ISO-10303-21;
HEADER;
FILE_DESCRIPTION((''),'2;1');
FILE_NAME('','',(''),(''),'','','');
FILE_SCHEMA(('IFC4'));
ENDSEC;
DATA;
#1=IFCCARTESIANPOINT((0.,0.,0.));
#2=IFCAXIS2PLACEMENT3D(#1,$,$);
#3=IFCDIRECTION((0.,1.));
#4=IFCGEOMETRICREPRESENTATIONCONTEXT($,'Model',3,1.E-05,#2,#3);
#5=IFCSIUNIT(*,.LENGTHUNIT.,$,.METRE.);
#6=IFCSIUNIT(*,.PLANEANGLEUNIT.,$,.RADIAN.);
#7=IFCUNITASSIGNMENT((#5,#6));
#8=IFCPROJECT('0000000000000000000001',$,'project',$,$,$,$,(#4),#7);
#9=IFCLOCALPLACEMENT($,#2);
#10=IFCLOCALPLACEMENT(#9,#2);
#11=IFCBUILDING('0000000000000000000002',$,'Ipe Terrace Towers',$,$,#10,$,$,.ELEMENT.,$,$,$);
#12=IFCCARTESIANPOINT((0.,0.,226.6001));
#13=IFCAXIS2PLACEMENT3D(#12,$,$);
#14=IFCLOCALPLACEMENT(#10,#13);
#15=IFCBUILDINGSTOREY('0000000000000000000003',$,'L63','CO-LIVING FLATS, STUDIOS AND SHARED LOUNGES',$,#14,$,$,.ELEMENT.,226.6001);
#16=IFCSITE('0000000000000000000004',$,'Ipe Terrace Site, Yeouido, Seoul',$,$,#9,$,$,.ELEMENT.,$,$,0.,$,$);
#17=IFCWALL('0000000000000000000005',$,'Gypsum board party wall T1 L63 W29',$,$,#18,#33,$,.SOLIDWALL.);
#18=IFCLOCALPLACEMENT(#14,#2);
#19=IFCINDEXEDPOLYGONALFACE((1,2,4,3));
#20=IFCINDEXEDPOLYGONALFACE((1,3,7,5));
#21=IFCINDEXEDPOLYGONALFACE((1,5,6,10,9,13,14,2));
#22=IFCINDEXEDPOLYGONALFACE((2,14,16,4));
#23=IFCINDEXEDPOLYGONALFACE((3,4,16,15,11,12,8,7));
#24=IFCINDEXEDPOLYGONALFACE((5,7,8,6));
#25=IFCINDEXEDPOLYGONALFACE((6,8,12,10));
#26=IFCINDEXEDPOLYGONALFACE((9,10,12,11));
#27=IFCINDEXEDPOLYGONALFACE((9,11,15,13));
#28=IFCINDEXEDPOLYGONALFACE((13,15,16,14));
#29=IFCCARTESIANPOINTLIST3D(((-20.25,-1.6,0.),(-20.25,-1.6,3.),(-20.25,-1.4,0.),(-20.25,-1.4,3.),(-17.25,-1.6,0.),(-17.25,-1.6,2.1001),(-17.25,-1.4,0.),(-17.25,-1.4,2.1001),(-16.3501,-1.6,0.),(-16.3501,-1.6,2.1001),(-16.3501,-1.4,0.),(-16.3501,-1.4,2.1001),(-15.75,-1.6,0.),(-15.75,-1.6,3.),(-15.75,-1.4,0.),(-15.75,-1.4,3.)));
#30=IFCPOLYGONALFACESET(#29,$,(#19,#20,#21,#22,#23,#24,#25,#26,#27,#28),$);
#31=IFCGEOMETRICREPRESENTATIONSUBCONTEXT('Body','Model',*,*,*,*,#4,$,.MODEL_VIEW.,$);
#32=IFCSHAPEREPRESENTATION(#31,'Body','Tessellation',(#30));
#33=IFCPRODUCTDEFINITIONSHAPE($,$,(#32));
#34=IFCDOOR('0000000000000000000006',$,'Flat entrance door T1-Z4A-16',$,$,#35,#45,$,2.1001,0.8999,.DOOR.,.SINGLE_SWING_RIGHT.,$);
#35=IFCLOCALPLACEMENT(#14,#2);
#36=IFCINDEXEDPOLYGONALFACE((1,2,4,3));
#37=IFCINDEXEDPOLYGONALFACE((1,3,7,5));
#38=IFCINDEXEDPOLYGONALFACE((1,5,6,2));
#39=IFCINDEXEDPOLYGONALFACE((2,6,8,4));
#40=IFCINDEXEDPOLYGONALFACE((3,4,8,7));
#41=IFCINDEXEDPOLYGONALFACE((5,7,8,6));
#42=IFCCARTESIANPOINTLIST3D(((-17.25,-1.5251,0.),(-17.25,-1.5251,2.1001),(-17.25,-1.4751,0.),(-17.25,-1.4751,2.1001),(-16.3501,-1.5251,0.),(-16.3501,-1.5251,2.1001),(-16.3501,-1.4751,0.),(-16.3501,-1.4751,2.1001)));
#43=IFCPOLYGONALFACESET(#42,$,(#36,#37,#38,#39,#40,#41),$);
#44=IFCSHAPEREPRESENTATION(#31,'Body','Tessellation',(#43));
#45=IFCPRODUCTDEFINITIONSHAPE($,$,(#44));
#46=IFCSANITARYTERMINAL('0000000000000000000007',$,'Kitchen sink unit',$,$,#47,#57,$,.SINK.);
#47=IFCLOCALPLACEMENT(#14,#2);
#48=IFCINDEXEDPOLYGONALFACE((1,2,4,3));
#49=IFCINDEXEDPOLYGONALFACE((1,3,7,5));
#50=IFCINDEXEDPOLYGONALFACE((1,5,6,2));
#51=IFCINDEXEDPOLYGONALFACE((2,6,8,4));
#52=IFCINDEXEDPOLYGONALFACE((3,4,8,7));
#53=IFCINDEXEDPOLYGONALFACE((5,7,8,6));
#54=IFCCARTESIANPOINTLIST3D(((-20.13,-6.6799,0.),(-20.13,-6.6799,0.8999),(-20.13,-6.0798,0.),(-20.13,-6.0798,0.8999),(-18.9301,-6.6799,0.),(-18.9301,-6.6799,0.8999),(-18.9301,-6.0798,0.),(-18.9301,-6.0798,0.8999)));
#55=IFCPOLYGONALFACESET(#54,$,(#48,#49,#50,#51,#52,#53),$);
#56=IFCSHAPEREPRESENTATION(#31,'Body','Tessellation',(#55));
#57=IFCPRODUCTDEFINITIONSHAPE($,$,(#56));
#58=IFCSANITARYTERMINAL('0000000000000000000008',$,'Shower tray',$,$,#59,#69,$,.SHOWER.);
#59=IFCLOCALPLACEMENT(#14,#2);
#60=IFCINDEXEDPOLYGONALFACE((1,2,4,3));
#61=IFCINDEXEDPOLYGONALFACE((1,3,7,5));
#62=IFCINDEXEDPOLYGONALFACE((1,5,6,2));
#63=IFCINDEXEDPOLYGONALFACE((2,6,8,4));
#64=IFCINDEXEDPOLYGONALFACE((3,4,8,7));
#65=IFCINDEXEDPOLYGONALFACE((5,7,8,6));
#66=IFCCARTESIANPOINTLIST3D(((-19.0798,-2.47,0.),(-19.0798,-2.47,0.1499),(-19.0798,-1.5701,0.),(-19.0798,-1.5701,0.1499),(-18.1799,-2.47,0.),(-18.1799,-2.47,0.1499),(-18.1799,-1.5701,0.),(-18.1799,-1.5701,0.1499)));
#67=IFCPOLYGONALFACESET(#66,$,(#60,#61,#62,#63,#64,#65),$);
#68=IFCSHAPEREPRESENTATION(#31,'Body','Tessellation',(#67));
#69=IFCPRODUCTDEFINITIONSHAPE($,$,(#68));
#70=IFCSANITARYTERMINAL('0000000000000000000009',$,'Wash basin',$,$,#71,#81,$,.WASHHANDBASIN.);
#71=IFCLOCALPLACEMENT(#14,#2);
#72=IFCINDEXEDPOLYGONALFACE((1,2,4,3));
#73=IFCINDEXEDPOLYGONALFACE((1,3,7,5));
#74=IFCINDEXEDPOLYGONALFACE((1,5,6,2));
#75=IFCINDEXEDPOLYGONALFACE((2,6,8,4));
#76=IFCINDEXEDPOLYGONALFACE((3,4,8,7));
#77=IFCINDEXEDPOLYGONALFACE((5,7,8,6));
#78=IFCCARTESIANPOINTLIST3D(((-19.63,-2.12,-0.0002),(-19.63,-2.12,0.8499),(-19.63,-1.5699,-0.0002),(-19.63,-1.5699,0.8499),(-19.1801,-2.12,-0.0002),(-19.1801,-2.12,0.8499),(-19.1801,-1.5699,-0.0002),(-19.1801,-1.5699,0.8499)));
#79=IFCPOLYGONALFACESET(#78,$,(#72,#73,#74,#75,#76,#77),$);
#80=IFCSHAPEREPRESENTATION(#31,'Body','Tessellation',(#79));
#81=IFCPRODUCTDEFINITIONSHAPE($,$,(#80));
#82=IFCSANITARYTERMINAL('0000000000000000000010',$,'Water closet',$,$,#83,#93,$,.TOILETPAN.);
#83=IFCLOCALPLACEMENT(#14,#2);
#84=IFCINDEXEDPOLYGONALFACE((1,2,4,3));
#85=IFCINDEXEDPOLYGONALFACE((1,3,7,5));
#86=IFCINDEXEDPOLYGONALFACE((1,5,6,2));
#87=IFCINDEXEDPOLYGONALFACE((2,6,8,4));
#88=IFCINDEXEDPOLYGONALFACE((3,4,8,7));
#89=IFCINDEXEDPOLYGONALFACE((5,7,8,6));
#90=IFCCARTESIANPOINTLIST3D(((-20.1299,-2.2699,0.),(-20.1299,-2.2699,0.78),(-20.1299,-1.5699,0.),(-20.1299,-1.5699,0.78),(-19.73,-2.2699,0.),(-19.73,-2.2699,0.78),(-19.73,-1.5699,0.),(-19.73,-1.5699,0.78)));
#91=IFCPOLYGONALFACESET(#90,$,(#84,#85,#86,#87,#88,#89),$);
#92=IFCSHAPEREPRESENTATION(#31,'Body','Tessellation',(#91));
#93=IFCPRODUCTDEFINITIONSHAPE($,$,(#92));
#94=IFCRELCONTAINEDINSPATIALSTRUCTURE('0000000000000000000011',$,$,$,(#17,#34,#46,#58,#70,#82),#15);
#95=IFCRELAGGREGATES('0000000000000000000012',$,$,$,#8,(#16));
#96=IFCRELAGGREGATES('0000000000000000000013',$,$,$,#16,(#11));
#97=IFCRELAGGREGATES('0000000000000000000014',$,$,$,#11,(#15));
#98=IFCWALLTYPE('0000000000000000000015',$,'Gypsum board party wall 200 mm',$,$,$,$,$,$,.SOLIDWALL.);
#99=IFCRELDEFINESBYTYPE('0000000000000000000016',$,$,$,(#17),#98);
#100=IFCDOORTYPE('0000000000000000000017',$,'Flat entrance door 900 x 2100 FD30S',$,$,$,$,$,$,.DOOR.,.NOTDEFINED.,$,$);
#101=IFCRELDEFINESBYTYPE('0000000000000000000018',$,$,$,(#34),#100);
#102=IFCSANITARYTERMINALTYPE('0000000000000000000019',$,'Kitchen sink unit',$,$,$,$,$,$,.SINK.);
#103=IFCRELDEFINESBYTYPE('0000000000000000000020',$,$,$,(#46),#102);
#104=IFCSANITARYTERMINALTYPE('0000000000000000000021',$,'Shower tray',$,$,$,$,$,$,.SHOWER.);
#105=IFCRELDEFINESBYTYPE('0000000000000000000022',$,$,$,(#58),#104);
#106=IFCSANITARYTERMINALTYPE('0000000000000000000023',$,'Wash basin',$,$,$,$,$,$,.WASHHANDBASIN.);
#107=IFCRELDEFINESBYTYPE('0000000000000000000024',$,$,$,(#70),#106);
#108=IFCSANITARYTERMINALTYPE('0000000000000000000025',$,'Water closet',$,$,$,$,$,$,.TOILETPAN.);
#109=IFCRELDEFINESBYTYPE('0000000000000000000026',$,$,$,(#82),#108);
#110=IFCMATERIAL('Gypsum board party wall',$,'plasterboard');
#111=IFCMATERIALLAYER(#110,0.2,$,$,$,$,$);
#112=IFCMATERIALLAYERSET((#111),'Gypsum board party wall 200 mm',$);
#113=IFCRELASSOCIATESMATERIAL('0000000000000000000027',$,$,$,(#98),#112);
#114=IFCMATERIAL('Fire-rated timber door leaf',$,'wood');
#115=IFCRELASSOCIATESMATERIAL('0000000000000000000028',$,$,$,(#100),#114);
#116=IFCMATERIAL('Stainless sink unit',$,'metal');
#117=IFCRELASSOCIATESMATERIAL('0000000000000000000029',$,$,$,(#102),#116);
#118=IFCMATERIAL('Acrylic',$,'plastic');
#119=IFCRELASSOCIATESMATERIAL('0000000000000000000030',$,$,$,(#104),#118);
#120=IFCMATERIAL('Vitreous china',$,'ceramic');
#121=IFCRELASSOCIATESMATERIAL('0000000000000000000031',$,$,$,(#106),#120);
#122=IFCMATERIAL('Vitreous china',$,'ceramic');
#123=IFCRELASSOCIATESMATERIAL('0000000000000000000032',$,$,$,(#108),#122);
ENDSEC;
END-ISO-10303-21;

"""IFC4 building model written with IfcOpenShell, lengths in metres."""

from ifc_helpers import new_model, si_unit, direction, frame, frame_2d, origin, origin_2d, place, context, subcontext, project, spatial, rectangle, extrude, material, layer, layer_set, type_object, element, fill, save


model = new_model("IFC4")

# Units and contexts
model_context = context("Model", 3, precision=1e-05, world=origin(), true_north=direction((0.0, 1.0)))
body_context = subcontext(model_context, "Body", "Model", "MODEL_VIEW")
ifc_project = project(units=[si_unit("LENGTHUNIT", "METRE"), si_unit("PLANEANGLEUNIT", "RADIAN")], contexts=[model_context])

# Site, building, storey
site_placement = place(None, origin())
site = spatial("IfcSite", under=ifc_project, at=site_placement, Name="Ipe Terrace Site, Yeouido, Seoul", CompositionType="ELEMENT", RefElevation=0.0)
building_placement = place(site_placement, origin())
building = spatial("IfcBuilding", under=site, at=building_placement, Name="Ipe Terrace Towers", CompositionType="ELEMENT")
storey_placement = place(building_placement, frame((0.0, 0.0, 226.6001)))
storey = spatial("IfcBuildingStorey", under=building, at=storey_placement, Name="L63", Description="CO-LIVING FLATS, STUDIOS AND SHARED LOUNGES", CompositionType="ELEMENT", Elevation=226.6001)

# Shared definitions
ifc_material_1 = material(Name="Gypsum board party wall", Category="plasterboard")
ifc_layer_1 = layer(ifc_material_1, 0.2)
ifc_layer_set_1 = layer_set([ifc_layer_1], Name="Gypsum board party wall 200 mm")
wall_type_1 = type_object("IfcWallType", Name="Gypsum board party wall 200 mm", PredefinedType="SOLIDWALL", material=ifc_layer_set_1)

# Wall, opening, door
wall_1_placement = place(storey_placement, frame((-20.25, -1.5, 0.0), z_axis=(0.0, 0.0, 1.0), x_axis=(1.0, 0.0, 0.0)))
wall_1 = element("IfcWall", 1, at=wall_1_placement, inside=storey, type_object=wall_type_1, Name="Gypsum board party wall T1 L63 W29", PredefinedType="SOLIDWALL", context=body_context, shape_type="SweptSolid", body=[
    extrude(rectangle(XDim=4.5, YDim=0.2, at=frame_2d((2.25, 0.0))), origin(), (0.0, 0.0, 1.0), 3.0),
])
opening_1_placement = place(wall_1_placement, frame((3.0, 0.0, 0.0)))
opening_1 = element("IfcOpeningElement", 2, at=opening_1_placement, cuts=wall_1, PredefinedType="OPENING", context=body_context, shape_type="SweptSolid", body=[
    extrude(rectangle(XDim=0.8999, YDim=2.1001, at=frame_2d((0.45, 1.05))), frame((0.0, 0.1099, 0.0), z_axis=(0.0, -1.0, 0.0), x_axis=(1.0, 0.0, 0.0)), (0.0, 0.0, 1.0), 0.22),
])
ifc_material_2 = material(Name="Fire-rated timber door leaf", Category="wood")
door_type_1 = type_object("IfcDoorType", Name="Flat entrance door 900 x 2100 FD30S", OperationType="NOTDEFINED", PredefinedType="DOOR", material=ifc_material_2)
door_1_placement = place(opening_1_placement, origin())
door_1 = element("IfcDoor", 3, at=door_1_placement, inside=storey, type_object=door_type_1, Name="Flat entrance door T1-Z4A-16", OperationType="SINGLE_SWING_RIGHT", OverallHeight=2.1001, OverallWidth=0.8999, PredefinedType="DOOR", context=body_context, shape_type="SweptSolid", body=[
    extrude(rectangle(XDim=0.8999, YDim=2.1001, at=frame_2d((0.45, 1.05))), frame((0.0, 0.0249, 0.0), z_axis=(0.0, -1.0, 0.0), x_axis=(1.0, 0.0, 0.0)), (0.0, 0.0, 1.0), 0.05),
])
fill(opening_1, door_1)

# Sanitary terminals
ifc_material_3 = material(Name="Stainless sink unit", Category="metal")
sanitary_terminal_type_1 = type_object("IfcSanitaryTerminalType", Name="Kitchen sink unit", PredefinedType="SINK", material=ifc_material_3)
sanitary_terminal_1_placement = place(storey_placement, frame((-19.53, -6.3799, 0.0), z_axis=(0.0, 0.0, 1.0), x_axis=(-1.0, 0.0, 0.0)))
element("IfcSanitaryTerminal", 4, at=sanitary_terminal_1_placement, inside=storey, type_object=sanitary_terminal_type_1, Name="Kitchen sink unit", PredefinedType="SINK", context=body_context, shape_type="SweptSolid", body=[
    extrude(rectangle(XDim=1.2, YDim=0.6001, at=origin_2d()), origin(), (0.0, 0.0, 1.0), 0.8999),
])
ifc_material_4 = material(Name="Acrylic", Category="plastic")
sanitary_terminal_type_2 = type_object("IfcSanitaryTerminalType", Name="Shower tray", PredefinedType="SHOWER", material=ifc_material_4)
sanitary_terminal_2_placement = place(storey_placement, frame((-18.6299, -2.02, 0.0), z_axis=(0.0, 0.0, 1.0), x_axis=(0.0, -1.0, 0.0)))
element("IfcSanitaryTerminal", 5, at=sanitary_terminal_2_placement, inside=storey, type_object=sanitary_terminal_type_2, Name="Shower tray", PredefinedType="SHOWER", context=body_context, shape_type="SweptSolid", body=[
    extrude(rectangle(XDim=0.8999, YDim=0.8999, at=origin_2d()), origin(), (0.0, 0.0, 1.0), 0.1499),
])
ifc_material_5 = material(Name="Vitreous china", Category="ceramic")
sanitary_terminal_type_3 = type_object("IfcSanitaryTerminalType", Name="Wash basin", PredefinedType="WASHHANDBASIN", material=ifc_material_5)
sanitary_terminal_3_placement = place(storey_placement, frame((-19.405, -1.845, -0.0002), z_axis=(0.0, 0.0, 1.0), x_axis=(0.0, -1.0, 0.0)))
element("IfcSanitaryTerminal", 6, at=sanitary_terminal_3_placement, inside=storey, type_object=sanitary_terminal_type_3, Name="Wash basin", PredefinedType="WASHHANDBASIN", context=body_context, shape_type="SweptSolid", body=[
    extrude(rectangle(XDim=0.55, YDim=0.45, at=origin_2d()), origin(), (0.0, 0.0, 1.0), 0.8501),
])
ifc_material_6 = material(Name="Vitreous china", Category="ceramic")
sanitary_terminal_type_4 = type_object("IfcSanitaryTerminalType", Name="Water closet", PredefinedType="TOILETPAN", material=ifc_material_6)
sanitary_terminal_4_placement = place(storey_placement, frame((-19.9299, -1.9199, 0.0), z_axis=(0.0, 0.0, 1.0), x_axis=(0.0, -1.0, 0.0)))
element("IfcSanitaryTerminal", 7, at=sanitary_terminal_4_placement, inside=storey, type_object=sanitary_terminal_type_4, Name="Water closet", PredefinedType="TOILETPAN", context=body_context, shape_type="SweptSolid", body=[
    extrude(rectangle(XDim=0.7, YDim=0.3999, at=origin_2d()), origin(), (0.0, 0.0, 1.0), 0.78),
])

save(model, "model.ifc")
